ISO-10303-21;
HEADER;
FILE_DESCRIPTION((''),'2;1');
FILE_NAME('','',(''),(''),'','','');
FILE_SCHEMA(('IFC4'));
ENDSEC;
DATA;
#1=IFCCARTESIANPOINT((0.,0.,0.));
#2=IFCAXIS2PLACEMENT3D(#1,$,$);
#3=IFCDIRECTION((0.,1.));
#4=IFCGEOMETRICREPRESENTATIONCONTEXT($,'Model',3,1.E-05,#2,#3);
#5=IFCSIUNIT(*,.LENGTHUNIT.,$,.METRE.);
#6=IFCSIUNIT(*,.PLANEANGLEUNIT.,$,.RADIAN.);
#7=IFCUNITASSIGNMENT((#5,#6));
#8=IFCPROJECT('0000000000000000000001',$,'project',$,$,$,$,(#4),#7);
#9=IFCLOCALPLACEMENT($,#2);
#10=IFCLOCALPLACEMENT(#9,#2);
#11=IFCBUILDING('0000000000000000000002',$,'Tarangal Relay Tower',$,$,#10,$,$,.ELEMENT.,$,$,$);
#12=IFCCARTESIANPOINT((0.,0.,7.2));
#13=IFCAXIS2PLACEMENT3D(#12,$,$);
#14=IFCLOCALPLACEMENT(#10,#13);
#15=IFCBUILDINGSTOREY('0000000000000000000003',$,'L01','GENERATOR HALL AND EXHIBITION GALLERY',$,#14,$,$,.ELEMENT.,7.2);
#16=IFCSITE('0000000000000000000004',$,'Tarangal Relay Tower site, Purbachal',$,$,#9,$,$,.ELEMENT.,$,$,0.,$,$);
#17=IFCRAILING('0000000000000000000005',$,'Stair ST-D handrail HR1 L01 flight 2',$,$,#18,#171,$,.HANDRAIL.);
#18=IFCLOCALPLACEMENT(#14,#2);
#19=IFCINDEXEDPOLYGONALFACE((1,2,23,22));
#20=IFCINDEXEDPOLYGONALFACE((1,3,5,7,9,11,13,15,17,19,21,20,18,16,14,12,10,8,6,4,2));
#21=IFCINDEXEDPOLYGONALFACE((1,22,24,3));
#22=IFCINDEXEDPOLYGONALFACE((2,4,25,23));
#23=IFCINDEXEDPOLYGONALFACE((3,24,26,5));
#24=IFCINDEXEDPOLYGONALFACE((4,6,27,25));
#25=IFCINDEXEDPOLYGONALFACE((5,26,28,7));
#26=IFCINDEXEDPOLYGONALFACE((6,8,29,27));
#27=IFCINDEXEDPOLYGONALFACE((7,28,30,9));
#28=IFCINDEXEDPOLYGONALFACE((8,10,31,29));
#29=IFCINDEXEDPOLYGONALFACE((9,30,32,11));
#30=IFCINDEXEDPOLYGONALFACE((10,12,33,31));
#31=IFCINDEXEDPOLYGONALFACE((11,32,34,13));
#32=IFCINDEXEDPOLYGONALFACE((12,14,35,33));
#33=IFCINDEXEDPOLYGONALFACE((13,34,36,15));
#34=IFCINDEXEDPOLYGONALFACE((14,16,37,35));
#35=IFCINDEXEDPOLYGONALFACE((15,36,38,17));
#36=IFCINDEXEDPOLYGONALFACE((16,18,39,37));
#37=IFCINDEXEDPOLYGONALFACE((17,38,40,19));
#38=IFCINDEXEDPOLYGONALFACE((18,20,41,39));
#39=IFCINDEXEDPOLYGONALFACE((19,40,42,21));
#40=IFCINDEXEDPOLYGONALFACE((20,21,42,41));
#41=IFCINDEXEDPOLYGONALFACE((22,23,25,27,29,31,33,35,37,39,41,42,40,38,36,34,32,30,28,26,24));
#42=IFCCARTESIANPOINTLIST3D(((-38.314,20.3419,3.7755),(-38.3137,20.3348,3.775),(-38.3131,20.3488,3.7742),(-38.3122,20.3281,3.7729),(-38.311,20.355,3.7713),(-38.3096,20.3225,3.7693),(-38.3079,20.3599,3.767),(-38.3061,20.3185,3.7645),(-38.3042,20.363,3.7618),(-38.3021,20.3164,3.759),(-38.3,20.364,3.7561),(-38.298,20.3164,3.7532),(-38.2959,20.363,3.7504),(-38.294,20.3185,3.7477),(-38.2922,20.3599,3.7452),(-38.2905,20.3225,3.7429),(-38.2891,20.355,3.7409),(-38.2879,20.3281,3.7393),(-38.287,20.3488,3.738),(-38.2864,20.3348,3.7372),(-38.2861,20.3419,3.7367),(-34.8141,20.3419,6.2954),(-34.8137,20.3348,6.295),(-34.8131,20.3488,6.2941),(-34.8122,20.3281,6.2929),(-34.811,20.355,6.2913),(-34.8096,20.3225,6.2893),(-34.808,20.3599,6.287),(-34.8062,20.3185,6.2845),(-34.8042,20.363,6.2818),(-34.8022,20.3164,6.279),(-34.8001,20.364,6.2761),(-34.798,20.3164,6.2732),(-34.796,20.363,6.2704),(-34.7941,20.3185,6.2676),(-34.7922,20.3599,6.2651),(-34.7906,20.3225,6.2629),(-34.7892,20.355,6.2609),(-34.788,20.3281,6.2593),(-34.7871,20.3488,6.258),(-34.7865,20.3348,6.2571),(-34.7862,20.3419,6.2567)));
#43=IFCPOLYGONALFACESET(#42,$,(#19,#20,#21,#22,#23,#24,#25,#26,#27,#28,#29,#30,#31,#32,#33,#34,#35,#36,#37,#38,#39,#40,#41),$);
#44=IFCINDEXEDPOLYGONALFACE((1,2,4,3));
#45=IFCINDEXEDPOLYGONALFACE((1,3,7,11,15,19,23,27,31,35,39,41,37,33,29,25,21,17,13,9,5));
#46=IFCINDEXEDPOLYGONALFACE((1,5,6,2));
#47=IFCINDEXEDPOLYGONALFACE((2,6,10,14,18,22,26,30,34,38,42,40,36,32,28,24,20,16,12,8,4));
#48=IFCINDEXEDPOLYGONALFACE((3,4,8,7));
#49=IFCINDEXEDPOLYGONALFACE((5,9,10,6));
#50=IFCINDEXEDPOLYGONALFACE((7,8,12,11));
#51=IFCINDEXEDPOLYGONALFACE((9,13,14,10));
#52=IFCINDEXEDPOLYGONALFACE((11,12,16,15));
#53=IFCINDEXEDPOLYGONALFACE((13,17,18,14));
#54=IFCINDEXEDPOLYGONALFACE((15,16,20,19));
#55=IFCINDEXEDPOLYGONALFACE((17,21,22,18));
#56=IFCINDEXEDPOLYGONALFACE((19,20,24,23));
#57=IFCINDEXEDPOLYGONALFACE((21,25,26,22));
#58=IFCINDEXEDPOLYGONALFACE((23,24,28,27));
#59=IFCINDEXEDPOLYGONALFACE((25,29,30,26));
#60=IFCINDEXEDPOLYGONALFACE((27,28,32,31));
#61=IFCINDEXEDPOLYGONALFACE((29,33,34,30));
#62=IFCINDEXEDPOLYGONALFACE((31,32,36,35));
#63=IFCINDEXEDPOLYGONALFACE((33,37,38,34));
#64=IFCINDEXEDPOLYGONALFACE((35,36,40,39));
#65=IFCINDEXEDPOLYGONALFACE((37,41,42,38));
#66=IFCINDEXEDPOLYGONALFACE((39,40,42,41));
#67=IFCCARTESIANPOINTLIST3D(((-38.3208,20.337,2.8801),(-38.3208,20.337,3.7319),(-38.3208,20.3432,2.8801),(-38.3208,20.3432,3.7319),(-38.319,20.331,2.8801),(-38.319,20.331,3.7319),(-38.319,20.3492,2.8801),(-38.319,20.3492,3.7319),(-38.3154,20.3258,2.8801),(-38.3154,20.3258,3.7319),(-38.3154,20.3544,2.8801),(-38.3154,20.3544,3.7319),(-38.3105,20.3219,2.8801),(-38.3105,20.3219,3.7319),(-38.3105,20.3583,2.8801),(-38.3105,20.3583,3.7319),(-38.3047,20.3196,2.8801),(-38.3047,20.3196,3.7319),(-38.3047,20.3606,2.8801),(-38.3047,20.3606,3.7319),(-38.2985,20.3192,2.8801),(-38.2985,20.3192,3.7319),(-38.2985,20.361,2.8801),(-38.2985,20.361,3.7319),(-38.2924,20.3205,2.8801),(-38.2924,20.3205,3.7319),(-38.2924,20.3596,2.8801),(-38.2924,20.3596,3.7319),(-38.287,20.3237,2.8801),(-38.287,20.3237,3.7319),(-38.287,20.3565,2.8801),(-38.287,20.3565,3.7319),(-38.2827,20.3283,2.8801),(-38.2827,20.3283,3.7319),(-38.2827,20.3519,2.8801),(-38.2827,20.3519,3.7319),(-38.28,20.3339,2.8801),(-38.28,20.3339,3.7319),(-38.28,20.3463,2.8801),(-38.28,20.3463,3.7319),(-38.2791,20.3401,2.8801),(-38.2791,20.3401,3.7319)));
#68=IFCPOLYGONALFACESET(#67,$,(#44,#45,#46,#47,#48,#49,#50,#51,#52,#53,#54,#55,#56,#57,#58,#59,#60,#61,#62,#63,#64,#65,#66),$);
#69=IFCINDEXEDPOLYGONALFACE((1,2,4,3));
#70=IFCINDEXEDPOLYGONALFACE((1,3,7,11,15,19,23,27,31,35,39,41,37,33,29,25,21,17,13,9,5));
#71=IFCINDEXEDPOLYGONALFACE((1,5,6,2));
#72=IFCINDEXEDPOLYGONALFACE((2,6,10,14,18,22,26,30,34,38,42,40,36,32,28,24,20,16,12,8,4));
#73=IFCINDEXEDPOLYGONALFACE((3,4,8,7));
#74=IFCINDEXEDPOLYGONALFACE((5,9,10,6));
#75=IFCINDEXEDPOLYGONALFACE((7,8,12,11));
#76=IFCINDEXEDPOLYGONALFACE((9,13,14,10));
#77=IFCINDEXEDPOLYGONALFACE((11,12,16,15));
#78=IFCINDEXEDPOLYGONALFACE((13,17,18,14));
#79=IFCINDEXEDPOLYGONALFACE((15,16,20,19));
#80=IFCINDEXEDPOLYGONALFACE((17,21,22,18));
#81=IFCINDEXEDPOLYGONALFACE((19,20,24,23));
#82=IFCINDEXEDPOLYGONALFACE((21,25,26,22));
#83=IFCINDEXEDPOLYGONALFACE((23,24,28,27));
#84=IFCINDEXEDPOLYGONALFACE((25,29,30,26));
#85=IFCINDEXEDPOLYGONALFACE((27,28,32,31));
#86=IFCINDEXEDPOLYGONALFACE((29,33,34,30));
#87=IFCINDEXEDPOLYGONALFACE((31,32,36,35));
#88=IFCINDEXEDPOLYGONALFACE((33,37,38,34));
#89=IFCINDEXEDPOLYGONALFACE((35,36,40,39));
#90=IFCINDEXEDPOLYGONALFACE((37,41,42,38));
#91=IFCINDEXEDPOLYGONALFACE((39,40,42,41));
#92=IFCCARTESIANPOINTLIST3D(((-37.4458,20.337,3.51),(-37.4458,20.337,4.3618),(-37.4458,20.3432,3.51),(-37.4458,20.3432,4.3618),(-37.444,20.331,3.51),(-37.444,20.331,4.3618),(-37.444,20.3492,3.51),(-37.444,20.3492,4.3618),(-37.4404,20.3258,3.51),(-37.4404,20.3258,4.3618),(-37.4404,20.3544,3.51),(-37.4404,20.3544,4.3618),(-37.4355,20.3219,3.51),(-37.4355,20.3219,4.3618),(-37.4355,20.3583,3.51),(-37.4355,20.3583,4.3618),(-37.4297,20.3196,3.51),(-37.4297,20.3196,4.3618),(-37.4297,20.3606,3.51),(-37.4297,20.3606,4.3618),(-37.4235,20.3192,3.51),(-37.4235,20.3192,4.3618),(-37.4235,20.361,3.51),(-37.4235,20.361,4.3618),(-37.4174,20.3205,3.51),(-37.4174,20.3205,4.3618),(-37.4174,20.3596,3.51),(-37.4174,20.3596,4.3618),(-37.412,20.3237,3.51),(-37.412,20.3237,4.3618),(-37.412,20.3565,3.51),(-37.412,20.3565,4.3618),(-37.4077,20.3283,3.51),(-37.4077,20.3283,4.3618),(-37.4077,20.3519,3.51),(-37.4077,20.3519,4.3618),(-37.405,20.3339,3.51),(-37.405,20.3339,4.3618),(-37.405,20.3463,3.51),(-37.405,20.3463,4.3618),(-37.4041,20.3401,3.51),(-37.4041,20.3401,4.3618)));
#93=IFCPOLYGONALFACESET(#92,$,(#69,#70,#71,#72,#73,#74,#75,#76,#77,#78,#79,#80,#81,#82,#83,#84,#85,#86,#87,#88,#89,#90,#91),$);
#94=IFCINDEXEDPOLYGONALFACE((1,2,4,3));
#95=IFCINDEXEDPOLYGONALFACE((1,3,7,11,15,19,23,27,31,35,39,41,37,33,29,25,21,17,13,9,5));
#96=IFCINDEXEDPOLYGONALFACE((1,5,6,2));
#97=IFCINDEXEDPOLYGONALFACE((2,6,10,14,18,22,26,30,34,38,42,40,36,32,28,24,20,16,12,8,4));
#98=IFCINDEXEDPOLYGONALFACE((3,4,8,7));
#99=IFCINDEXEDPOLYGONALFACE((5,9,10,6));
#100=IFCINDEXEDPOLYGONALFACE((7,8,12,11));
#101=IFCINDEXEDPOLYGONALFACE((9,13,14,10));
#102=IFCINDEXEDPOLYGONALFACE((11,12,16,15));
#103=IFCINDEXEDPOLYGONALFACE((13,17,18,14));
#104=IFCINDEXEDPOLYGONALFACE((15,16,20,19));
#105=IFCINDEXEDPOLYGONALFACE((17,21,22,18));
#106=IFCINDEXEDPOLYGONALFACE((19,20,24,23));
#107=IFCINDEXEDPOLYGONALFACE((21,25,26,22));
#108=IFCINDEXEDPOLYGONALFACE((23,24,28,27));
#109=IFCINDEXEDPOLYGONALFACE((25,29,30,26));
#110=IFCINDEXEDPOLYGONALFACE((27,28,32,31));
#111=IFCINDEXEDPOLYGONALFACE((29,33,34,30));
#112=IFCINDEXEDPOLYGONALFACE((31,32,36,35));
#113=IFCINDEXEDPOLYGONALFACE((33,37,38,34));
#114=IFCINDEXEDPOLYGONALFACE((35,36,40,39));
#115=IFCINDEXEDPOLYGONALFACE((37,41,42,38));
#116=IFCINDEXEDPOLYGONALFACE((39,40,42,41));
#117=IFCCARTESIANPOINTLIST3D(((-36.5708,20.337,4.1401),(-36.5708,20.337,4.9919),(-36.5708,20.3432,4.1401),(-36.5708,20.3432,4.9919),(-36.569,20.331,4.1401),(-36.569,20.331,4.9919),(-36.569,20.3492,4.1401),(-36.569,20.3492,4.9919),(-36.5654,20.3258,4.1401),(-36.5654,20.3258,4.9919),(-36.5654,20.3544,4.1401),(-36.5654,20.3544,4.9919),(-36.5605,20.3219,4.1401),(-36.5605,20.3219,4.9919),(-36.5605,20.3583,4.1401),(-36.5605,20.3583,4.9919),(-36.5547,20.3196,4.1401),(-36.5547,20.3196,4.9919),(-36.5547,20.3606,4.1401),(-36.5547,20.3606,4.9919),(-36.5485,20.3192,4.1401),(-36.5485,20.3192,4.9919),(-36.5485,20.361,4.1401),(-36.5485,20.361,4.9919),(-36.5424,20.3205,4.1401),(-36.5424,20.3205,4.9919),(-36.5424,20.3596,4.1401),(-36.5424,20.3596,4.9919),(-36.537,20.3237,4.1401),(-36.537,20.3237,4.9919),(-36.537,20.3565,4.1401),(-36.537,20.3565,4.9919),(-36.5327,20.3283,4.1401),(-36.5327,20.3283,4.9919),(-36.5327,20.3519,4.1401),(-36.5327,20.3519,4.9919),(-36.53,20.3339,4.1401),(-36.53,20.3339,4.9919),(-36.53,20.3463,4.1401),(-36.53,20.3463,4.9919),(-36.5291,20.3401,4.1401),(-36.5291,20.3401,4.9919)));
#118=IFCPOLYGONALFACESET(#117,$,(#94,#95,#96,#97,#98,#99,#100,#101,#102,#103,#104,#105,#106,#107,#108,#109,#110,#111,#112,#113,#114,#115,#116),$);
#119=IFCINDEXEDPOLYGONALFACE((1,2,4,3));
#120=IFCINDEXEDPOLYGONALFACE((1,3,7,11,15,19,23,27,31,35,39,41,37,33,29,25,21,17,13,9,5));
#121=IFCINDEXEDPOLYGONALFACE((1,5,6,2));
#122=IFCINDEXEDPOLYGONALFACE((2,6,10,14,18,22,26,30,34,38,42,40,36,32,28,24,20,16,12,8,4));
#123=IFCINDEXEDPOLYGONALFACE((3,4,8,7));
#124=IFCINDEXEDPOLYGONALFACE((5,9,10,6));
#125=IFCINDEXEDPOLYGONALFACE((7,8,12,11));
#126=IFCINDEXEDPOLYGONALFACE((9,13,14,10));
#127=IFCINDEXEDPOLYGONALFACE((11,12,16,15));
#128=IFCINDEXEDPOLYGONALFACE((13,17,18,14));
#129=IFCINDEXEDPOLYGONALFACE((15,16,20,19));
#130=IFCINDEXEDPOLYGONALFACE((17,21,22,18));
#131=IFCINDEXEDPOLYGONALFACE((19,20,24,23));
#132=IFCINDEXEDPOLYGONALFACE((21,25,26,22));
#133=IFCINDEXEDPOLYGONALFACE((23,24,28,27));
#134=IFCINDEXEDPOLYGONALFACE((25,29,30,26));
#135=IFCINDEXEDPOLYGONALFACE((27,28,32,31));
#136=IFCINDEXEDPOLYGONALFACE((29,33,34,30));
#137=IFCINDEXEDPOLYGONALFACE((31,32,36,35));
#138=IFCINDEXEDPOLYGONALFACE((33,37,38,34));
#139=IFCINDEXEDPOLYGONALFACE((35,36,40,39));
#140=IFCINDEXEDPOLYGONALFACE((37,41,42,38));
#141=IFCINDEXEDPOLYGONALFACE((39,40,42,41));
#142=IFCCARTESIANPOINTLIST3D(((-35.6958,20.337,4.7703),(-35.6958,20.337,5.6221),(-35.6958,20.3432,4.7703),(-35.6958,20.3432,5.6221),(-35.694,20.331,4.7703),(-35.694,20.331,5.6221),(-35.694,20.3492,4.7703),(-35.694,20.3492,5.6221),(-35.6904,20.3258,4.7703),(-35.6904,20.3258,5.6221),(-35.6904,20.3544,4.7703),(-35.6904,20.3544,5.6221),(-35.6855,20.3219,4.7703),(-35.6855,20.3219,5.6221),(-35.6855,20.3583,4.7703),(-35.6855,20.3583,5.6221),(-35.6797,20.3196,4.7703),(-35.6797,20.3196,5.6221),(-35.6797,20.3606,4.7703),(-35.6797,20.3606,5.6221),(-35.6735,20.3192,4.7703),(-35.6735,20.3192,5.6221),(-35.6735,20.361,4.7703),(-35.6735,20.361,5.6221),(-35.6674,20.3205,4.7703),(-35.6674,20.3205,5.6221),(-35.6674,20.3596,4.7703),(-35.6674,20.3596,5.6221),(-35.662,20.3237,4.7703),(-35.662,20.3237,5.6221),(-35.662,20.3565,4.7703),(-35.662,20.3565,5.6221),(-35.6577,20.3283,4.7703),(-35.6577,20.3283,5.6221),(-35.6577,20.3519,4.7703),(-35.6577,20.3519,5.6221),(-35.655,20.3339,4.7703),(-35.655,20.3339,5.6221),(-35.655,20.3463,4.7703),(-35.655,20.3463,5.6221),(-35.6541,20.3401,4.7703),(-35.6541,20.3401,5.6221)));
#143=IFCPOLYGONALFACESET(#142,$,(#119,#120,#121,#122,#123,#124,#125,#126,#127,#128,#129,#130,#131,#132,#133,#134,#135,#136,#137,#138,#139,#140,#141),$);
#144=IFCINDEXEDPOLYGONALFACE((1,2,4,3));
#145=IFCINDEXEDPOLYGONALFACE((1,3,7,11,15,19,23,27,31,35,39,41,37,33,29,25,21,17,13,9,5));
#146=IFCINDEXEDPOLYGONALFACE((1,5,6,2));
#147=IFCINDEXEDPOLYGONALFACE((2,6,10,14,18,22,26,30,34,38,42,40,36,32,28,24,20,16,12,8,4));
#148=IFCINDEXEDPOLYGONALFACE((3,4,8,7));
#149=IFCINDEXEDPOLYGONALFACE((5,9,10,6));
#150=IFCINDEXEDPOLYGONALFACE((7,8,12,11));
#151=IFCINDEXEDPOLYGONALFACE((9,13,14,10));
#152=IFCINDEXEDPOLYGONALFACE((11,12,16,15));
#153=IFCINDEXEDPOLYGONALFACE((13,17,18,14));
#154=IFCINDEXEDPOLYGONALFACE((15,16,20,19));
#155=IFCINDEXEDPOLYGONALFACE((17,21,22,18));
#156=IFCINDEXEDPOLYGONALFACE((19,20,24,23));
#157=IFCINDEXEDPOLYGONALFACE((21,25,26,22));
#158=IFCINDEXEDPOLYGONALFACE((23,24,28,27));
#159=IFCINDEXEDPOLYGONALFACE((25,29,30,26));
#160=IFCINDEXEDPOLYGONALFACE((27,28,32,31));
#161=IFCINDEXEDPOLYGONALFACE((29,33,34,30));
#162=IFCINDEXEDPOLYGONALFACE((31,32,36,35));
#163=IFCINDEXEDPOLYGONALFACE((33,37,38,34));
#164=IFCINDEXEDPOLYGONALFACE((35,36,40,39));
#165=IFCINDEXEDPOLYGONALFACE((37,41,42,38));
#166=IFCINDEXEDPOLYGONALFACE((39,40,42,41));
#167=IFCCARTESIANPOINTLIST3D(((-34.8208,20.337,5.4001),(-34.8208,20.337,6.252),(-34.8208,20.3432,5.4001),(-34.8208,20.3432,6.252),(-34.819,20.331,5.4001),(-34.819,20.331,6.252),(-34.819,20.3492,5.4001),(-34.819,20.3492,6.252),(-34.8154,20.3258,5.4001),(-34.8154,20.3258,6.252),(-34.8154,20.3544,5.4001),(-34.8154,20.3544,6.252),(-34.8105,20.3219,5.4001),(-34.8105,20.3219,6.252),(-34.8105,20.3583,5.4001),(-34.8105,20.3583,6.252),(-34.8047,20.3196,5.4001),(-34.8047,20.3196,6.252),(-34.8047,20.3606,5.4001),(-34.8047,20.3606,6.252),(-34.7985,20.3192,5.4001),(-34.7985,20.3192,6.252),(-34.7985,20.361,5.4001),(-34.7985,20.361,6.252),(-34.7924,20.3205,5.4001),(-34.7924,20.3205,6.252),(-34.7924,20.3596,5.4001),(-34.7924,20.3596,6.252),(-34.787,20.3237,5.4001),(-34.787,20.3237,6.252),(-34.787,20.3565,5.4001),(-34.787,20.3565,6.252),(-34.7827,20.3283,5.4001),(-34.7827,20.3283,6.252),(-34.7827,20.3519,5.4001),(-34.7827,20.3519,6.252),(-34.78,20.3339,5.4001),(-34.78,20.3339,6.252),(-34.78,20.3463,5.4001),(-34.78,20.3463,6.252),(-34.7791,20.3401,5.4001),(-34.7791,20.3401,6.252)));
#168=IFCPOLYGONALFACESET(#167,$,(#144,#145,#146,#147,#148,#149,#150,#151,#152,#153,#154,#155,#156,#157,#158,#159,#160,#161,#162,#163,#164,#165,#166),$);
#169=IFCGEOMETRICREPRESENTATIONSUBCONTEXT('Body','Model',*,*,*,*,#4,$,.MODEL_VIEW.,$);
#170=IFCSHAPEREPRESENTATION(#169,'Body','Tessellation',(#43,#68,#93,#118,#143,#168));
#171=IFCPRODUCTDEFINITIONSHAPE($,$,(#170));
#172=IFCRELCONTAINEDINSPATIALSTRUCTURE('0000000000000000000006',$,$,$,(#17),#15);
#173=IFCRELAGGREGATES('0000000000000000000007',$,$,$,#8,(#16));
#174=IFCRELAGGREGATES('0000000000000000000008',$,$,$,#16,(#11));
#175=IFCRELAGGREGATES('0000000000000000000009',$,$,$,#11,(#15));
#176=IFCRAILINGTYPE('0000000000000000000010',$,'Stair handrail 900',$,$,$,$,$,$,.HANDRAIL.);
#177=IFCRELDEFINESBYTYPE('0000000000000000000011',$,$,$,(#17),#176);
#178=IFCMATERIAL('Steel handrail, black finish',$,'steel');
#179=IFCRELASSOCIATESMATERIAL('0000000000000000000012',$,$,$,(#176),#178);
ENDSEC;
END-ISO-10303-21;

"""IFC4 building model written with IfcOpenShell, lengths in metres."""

from ifc_helpers import new_model, si_unit, direction, frame, origin, origin_2d, place, context, subcontext, project, spatial, circle, extrude, material, type_object, element, save


model = new_model("IFC4")

# Units and contexts
model_context = context("Model", 3, precision=1e-05, world=origin(), true_north=direction((0.0, 1.0)))
body_context = subcontext(model_context, "Body", "Model", "MODEL_VIEW")
ifc_project = project(units=[si_unit("LENGTHUNIT", "METRE"), si_unit("PLANEANGLEUNIT", "RADIAN")], contexts=[model_context])

# Site, building, storey
site_placement = place(None, origin())
site = spatial("IfcSite", under=ifc_project, at=site_placement, Name="Tarangal Relay Tower site, Purbachal", CompositionType="ELEMENT", RefElevation=0.0)
building_placement = place(site_placement, origin())
building = spatial("IfcBuilding", under=site, at=building_placement, Name="Tarangal Relay Tower", CompositionType="ELEMENT")
storey_placement = place(building_placement, frame((0.0, 0.0, 7.2)))
storey = spatial("IfcBuildingStorey", under=building, at=storey_placement, Name="L01", Description="GENERATOR HALL AND EXHIBITION GALLERY", CompositionType="ELEMENT", Elevation=7.2)

# Railing
ifc_material_1 = material(Name="Steel handrail, black finish", Category="steel")
railing_type_1 = type_object("IfcRailingType", Name="Stair handrail 900", PredefinedType="HANDRAIL", material=ifc_material_1)
railing_1_placement = place(storey_placement, frame((-38.3, 20.3401, 2.8801)))
element("IfcRailing", 1, at=railing_1_placement, inside=storey, type_object=railing_type_1, Name="Stair ST-D handrail HR1 L01 flight 2", PredefinedType="HANDRAIL", context=body_context, shape_type="SweptSolid", body=[
    extrude(circle(Radius=0.0239, at=origin_2d()), frame((0.0, 0.0, 0.876), z_axis=(0.811532, 0.0, 0.584308), x_axis=(0.0, 1.0, 0.0)), (0.0, 0.0, 1.0), 4.3127),
    extrude(circle(Radius=0.021, at=origin_2d()), origin(), (0.0, 0.0, 1.0), 0.8518),
    extrude(circle(Radius=0.021, at=origin_2d()), frame((0.875, 0.0, 0.6299)), (0.0, 0.0, 1.0), 0.8518),
    extrude(circle(Radius=0.021, at=origin_2d()), frame((1.75, 0.0, 1.26)), (0.0, 0.0, 1.0), 0.8518),
    extrude(circle(Radius=0.021, at=origin_2d()), frame((2.625, 0.0, 1.8901)), (0.0, 0.0, 1.0), 0.8518),
    extrude(circle(Radius=0.021, at=origin_2d()), frame((3.5, 0.0, 2.52)), (0.0, 0.0, 1.0), 0.8518),
])

save(model, "model.ifc")
